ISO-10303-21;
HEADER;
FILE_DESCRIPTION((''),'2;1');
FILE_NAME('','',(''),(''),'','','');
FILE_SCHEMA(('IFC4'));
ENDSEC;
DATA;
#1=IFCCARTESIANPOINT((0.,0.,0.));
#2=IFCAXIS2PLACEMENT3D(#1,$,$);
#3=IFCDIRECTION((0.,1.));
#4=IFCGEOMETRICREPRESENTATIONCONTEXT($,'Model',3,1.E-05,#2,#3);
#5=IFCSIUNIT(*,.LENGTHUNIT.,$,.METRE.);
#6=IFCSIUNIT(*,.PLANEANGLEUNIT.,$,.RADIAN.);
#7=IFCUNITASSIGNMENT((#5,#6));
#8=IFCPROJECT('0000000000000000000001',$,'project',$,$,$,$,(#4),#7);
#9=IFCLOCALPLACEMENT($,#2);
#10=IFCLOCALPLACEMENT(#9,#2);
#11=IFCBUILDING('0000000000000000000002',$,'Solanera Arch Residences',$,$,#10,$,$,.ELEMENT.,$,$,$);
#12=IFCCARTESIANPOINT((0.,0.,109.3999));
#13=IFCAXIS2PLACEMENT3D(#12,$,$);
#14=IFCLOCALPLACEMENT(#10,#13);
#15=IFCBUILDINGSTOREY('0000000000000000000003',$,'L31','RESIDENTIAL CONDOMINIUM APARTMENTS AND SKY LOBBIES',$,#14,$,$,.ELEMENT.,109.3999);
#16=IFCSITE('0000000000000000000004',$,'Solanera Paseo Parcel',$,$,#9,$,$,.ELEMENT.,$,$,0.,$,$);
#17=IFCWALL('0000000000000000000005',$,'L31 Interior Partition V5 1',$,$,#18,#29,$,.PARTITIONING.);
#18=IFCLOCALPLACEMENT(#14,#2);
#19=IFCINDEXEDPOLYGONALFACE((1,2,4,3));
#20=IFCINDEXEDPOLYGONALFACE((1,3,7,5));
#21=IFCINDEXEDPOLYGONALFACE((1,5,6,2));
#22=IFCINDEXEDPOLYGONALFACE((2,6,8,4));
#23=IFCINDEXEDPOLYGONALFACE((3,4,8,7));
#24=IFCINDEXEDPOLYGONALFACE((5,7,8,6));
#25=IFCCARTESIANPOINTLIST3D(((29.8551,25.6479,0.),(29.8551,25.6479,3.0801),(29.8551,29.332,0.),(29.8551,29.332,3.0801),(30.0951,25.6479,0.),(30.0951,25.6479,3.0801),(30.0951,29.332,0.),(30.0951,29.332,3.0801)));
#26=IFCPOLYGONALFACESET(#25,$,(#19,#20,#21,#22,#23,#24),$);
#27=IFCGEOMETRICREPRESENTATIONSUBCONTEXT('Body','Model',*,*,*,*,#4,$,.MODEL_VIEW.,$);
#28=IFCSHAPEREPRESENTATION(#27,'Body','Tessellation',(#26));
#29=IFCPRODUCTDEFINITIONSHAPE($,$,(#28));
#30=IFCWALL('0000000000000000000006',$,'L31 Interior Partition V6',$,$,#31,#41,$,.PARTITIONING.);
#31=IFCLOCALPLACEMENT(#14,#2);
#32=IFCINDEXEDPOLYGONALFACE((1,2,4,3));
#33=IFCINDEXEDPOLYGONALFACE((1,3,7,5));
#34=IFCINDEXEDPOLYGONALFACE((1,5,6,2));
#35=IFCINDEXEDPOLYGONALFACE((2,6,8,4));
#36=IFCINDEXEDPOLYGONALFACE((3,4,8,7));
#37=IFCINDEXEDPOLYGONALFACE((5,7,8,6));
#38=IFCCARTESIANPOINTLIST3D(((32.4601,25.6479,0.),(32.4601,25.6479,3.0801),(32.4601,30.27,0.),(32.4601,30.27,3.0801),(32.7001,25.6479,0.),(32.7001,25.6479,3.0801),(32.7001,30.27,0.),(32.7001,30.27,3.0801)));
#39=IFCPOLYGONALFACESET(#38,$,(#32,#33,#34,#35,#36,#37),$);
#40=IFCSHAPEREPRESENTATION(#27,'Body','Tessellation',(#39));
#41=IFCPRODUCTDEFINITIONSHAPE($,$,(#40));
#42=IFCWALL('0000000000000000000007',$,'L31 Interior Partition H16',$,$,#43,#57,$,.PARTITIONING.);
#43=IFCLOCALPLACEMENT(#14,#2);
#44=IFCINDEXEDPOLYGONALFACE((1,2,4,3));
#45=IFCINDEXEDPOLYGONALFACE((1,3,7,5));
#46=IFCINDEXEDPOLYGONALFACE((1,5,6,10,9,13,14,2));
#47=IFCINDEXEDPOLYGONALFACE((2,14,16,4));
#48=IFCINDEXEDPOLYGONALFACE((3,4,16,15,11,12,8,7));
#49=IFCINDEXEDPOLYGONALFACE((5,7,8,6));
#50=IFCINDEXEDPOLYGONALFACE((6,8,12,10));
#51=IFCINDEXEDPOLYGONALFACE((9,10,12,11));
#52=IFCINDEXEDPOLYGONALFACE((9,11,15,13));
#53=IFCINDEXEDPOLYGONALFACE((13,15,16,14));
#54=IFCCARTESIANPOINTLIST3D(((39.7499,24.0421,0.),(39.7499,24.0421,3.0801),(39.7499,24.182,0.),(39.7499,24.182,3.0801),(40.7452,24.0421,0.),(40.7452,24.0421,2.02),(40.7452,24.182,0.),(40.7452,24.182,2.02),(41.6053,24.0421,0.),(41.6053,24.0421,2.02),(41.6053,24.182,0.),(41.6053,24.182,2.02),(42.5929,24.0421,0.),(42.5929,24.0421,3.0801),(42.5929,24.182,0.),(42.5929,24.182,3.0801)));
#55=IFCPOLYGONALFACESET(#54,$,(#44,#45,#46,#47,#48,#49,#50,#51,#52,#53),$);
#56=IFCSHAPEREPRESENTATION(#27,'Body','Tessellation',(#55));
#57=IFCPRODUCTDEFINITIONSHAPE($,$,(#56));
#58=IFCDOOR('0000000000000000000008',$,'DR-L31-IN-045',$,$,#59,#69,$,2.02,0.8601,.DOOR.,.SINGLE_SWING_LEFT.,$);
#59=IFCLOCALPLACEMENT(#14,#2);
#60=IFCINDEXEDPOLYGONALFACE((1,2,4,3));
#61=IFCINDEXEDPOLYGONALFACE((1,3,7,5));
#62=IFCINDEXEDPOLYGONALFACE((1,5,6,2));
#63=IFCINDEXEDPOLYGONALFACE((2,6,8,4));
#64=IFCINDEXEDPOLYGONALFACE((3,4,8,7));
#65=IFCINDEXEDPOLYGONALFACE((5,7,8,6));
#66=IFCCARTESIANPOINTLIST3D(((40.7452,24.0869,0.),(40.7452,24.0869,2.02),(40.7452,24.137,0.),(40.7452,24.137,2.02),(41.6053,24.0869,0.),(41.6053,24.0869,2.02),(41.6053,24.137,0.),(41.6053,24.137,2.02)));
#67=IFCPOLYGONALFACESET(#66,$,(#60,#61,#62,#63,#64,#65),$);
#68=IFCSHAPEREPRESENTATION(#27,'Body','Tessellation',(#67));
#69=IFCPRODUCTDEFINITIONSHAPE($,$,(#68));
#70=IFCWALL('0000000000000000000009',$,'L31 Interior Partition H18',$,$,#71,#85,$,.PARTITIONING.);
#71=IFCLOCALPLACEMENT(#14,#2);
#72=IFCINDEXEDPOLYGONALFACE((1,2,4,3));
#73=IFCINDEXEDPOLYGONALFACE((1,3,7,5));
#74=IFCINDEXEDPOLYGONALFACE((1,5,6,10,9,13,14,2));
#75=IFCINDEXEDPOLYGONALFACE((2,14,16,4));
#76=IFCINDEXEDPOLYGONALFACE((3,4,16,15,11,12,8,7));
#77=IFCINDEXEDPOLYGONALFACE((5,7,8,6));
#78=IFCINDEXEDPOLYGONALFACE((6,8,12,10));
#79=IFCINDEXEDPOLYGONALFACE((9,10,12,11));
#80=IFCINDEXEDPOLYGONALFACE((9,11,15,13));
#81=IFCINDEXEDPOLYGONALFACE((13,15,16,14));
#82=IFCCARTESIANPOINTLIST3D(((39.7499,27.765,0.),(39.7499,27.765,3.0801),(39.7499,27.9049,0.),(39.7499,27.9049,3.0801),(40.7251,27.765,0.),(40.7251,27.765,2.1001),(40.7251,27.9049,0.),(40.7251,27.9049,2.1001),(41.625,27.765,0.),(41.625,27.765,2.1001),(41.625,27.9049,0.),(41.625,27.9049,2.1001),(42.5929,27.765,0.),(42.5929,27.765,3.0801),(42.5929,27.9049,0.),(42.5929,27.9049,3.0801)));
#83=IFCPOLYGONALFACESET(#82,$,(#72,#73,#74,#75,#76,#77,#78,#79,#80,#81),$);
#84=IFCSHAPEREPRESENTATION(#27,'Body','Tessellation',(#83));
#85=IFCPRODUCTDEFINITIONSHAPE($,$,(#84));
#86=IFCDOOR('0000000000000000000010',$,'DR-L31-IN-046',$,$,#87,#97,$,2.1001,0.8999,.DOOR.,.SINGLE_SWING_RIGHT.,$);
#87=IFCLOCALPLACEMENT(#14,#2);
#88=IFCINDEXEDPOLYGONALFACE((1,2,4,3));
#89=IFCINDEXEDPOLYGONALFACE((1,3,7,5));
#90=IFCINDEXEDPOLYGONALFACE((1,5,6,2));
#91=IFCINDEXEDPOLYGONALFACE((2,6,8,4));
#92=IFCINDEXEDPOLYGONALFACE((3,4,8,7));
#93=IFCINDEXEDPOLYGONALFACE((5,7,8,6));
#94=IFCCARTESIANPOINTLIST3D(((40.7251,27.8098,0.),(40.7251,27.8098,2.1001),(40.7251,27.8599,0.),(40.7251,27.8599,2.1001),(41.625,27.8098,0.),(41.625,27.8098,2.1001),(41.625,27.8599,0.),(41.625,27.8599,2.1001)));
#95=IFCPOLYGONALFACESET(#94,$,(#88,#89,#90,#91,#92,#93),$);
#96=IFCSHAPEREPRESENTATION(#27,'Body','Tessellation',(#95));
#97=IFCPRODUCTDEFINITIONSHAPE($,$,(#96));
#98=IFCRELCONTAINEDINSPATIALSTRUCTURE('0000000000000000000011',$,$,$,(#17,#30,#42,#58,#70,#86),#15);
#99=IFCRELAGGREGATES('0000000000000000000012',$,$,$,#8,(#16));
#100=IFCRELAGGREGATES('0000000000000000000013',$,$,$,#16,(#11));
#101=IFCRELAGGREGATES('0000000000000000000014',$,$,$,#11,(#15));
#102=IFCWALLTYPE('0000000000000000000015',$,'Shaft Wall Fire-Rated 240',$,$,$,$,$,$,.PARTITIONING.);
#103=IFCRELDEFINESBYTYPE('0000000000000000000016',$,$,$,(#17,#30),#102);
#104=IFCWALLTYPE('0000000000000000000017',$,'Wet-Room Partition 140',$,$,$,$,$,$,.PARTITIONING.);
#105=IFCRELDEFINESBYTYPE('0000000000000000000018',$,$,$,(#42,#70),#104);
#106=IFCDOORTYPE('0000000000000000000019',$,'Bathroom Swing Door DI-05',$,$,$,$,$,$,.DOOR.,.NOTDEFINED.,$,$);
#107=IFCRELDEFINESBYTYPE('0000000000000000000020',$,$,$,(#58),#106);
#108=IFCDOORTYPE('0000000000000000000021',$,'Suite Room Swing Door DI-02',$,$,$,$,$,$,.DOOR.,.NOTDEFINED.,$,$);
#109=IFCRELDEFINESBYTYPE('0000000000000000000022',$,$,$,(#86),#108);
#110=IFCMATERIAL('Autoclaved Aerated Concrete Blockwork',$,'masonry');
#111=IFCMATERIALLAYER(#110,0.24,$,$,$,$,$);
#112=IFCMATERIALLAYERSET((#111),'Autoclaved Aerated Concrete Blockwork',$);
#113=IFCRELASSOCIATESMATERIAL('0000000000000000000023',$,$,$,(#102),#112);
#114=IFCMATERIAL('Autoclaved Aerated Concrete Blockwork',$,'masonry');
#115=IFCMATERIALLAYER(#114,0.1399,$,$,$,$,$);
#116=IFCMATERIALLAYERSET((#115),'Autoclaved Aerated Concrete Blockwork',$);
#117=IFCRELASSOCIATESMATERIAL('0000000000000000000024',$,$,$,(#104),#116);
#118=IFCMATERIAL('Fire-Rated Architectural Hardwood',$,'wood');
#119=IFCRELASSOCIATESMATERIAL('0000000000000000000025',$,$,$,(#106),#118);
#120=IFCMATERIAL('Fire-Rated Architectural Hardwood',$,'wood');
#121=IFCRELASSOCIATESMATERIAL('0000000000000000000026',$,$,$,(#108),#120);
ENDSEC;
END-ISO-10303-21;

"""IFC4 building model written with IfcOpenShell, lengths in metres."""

from ifc_helpers import new_model, si_unit, direction, frame, frame_2d, origin, place, context, subcontext, project, spatial, rectangle, extrude, material, layer, layer_set, type_object, element, fill, save


model = new_model("IFC4")

# Units and contexts
model_context = context("Model", 3, precision=1e-05, world=origin(), true_north=direction((0.0, 1.0)))
body_context = subcontext(model_context, "Body", "Model", "MODEL_VIEW")
ifc_project = project(units=[si_unit("LENGTHUNIT", "METRE"), si_unit("PLANEANGLEUNIT", "RADIAN")], contexts=[model_context])

# Site, building, storey
site_placement = place(None, origin())
site = spatial("IfcSite", under=ifc_project, at=site_placement, Name="Solanera Paseo Parcel", CompositionType="ELEMENT", RefElevation=0.0)
building_placement = place(site_placement, origin())
building = spatial("IfcBuilding", under=site, at=building_placement, Name="Solanera Arch Residences", CompositionType="ELEMENT")
storey_placement = place(building_placement, frame((0.0, 0.0, 109.3999)))
storey = spatial("IfcBuildingStorey", under=building, at=storey_placement, Name="L31", Description="RESIDENTIAL CONDOMINIUM APARTMENTS AND SKY LOBBIES", CompositionType="ELEMENT", Elevation=109.3999)

# Wall
ifc_material_1 = material(Name="Autoclaved Aerated Concrete Blockwork", Category="masonry")
ifc_layer_1 = layer(ifc_material_1, 0.24)
ifc_layer_set_1 = layer_set([ifc_layer_1], Name="Autoclaved Aerated Concrete Blockwork")
wall_type_1 = type_object("IfcWallType", Name="Shaft Wall Fire-Rated 240", PredefinedType="PARTITIONING", material=ifc_layer_set_1)
wall_1_placement = place(storey_placement, frame((29.9751, 25.6479, 0.0), z_axis=(0.0, 0.0, 1.0), x_axis=(0.0, 1.0, 0.0)))
element("IfcWall", 1, at=wall_1_placement, inside=storey, type_object=wall_type_1, Name="L31 Interior Partition V5 1", PredefinedType="PARTITIONING", context=body_context, shape_type="SweptSolid", body=[
    extrude(rectangle(XDim=3.6841, YDim=0.24, at=frame_2d((1.842, 0.0))), origin(), (0.0, 0.0, 1.0), 3.0801),
])

# Wall
wall_2_placement = place(storey_placement, frame((32.5801, 25.6479, 0.0), z_axis=(0.0, 0.0, 1.0), x_axis=(0.0, 1.0, 0.0)))
element("IfcWall", 2, at=wall_2_placement, inside=storey, type_object=wall_type_1, Name="L31 Interior Partition V6", PredefinedType="PARTITIONING", context=body_context, shape_type="SweptSolid", body=[
    extrude(rectangle(XDim=4.6221, YDim=0.24, at=frame_2d((2.311, 0.0))), origin(), (0.0, 0.0, 1.0), 3.0801),
])

# Walls, openings, doors
ifc_material_2 = material(Name="Autoclaved Aerated Concrete Blockwork", Category="masonry")
ifc_layer_2 = layer(ifc_material_2, 0.1399)
ifc_layer_set_2 = layer_set([ifc_layer_2], Name="Autoclaved Aerated Concrete Blockwork")
wall_type_2 = type_object("IfcWallType", Name="Wet-Room Partition 140", PredefinedType="PARTITIONING", material=ifc_layer_set_2)
wall_3_placement = place(storey_placement, frame((39.75, 24.1121, 0.0), z_axis=(0.0, 0.0, 1.0), x_axis=(1.0, 0.0, 0.0)))
wall_3 = element("IfcWall", 3, at=wall_3_placement, inside=storey, type_object=wall_type_2, Name="L31 Interior Partition H16", PredefinedType="PARTITIONING", context=body_context, shape_type="SweptSolid", body=[
    extrude(rectangle(XDim=2.843, YDim=0.1399, at=frame_2d((1.4214, 0.0))), origin(), (0.0, 0.0, 1.0), 3.0801),
])
opening_1_placement = place(wall_3_placement, frame((0.9951, 0.0, 0.0)))
opening_1 = element("IfcOpeningElement", 4, at=opening_1_placement, cuts=wall_3, PredefinedType="OPENING", context=body_context, shape_type="SweptSolid", body=[
    extrude(rectangle(XDim=0.8601, YDim=2.02, at=frame_2d((0.4302, 1.01))), frame((0.0, 0.0798, 0.0), z_axis=(0.0, -1.0, 0.0), x_axis=(1.0, 0.0, 0.0)), (0.0, 0.0, 1.0), 0.1599),
])
ifc_material_3 = material(Name="Fire-Rated Architectural Hardwood", Category="wood")
door_type_1 = type_object("IfcDoorType", Name="Bathroom Swing Door DI-05", OperationType="NOTDEFINED", PredefinedType="DOOR", material=ifc_material_3)
door_1_placement = place(opening_1_placement, origin())
door_1 = element("IfcDoor", 5, at=door_1_placement, inside=storey, type_object=door_type_1, Name="DR-L31-IN-045", OperationType="SINGLE_SWING_LEFT", OverallHeight=2.02, OverallWidth=0.8601, PredefinedType="DOOR", context=body_context, shape_type="SweptSolid", body=[
    extrude(rectangle(XDim=0.8601, YDim=2.02, at=frame_2d((0.4302, 1.01))), frame((0.0, 0.0249, 0.0), z_axis=(0.0, -1.0, 0.0), x_axis=(1.0, 0.0, 0.0)), (0.0, 0.0, 1.0), 0.05),
])
fill(opening_1, door_1)
wall_4_placement = place(storey_placement, frame((39.75, 27.835, 0.0), z_axis=(0.0, 0.0, 1.0), x_axis=(1.0, 0.0, 0.0)))
wall_4 = element("IfcWall", 6, at=wall_4_placement, inside=storey, type_object=wall_type_2, Name="L31 Interior Partition H18", PredefinedType="PARTITIONING", context=body_context, shape_type="SweptSolid", body=[
    extrude(rectangle(XDim=2.843, YDim=0.1399, at=frame_2d((1.4214, 0.0))), origin(), (0.0, 0.0, 1.0), 3.0801),
])
opening_2_placement = place(wall_4_placement, frame((0.9751, 0.0, 0.0)))
opening_2 = element("IfcOpeningElement", 7, at=opening_2_placement, cuts=wall_4, PredefinedType="OPENING", context=body_context, shape_type="SweptSolid", body=[
    extrude(rectangle(XDim=0.8999, YDim=2.1001, at=frame_2d((0.45, 1.05))), frame((0.0, 0.0798, 0.0), z_axis=(0.0, -1.0, 0.0), x_axis=(1.0, 0.0, 0.0)), (0.0, 0.0, 1.0), 0.1599),
])
ifc_material_4 = material(Name="Fire-Rated Architectural Hardwood", Category="wood")
door_type_2 = type_object("IfcDoorType", Name="Suite Room Swing Door DI-02", OperationType="NOTDEFINED", PredefinedType="DOOR", material=ifc_material_4)
door_2_placement = place(opening_2_placement, origin())
door_2 = element("IfcDoor", 8, at=door_2_placement, inside=storey, type_object=door_type_2, Name="DR-L31-IN-046", OperationType="SINGLE_SWING_RIGHT", OverallHeight=2.1001, OverallWidth=0.8999, PredefinedType="DOOR", context=body_context, shape_type="SweptSolid", body=[
    extrude(rectangle(XDim=0.8999, YDim=2.1001, at=frame_2d((0.45, 1.05))), frame((0.0, 0.0249, 0.0), z_axis=(0.0, -1.0, 0.0), x_axis=(1.0, 0.0, 0.0)), (0.0, 0.0, 1.0), 0.05),
])
fill(opening_2, door_2)

save(model, "model.ifc")
